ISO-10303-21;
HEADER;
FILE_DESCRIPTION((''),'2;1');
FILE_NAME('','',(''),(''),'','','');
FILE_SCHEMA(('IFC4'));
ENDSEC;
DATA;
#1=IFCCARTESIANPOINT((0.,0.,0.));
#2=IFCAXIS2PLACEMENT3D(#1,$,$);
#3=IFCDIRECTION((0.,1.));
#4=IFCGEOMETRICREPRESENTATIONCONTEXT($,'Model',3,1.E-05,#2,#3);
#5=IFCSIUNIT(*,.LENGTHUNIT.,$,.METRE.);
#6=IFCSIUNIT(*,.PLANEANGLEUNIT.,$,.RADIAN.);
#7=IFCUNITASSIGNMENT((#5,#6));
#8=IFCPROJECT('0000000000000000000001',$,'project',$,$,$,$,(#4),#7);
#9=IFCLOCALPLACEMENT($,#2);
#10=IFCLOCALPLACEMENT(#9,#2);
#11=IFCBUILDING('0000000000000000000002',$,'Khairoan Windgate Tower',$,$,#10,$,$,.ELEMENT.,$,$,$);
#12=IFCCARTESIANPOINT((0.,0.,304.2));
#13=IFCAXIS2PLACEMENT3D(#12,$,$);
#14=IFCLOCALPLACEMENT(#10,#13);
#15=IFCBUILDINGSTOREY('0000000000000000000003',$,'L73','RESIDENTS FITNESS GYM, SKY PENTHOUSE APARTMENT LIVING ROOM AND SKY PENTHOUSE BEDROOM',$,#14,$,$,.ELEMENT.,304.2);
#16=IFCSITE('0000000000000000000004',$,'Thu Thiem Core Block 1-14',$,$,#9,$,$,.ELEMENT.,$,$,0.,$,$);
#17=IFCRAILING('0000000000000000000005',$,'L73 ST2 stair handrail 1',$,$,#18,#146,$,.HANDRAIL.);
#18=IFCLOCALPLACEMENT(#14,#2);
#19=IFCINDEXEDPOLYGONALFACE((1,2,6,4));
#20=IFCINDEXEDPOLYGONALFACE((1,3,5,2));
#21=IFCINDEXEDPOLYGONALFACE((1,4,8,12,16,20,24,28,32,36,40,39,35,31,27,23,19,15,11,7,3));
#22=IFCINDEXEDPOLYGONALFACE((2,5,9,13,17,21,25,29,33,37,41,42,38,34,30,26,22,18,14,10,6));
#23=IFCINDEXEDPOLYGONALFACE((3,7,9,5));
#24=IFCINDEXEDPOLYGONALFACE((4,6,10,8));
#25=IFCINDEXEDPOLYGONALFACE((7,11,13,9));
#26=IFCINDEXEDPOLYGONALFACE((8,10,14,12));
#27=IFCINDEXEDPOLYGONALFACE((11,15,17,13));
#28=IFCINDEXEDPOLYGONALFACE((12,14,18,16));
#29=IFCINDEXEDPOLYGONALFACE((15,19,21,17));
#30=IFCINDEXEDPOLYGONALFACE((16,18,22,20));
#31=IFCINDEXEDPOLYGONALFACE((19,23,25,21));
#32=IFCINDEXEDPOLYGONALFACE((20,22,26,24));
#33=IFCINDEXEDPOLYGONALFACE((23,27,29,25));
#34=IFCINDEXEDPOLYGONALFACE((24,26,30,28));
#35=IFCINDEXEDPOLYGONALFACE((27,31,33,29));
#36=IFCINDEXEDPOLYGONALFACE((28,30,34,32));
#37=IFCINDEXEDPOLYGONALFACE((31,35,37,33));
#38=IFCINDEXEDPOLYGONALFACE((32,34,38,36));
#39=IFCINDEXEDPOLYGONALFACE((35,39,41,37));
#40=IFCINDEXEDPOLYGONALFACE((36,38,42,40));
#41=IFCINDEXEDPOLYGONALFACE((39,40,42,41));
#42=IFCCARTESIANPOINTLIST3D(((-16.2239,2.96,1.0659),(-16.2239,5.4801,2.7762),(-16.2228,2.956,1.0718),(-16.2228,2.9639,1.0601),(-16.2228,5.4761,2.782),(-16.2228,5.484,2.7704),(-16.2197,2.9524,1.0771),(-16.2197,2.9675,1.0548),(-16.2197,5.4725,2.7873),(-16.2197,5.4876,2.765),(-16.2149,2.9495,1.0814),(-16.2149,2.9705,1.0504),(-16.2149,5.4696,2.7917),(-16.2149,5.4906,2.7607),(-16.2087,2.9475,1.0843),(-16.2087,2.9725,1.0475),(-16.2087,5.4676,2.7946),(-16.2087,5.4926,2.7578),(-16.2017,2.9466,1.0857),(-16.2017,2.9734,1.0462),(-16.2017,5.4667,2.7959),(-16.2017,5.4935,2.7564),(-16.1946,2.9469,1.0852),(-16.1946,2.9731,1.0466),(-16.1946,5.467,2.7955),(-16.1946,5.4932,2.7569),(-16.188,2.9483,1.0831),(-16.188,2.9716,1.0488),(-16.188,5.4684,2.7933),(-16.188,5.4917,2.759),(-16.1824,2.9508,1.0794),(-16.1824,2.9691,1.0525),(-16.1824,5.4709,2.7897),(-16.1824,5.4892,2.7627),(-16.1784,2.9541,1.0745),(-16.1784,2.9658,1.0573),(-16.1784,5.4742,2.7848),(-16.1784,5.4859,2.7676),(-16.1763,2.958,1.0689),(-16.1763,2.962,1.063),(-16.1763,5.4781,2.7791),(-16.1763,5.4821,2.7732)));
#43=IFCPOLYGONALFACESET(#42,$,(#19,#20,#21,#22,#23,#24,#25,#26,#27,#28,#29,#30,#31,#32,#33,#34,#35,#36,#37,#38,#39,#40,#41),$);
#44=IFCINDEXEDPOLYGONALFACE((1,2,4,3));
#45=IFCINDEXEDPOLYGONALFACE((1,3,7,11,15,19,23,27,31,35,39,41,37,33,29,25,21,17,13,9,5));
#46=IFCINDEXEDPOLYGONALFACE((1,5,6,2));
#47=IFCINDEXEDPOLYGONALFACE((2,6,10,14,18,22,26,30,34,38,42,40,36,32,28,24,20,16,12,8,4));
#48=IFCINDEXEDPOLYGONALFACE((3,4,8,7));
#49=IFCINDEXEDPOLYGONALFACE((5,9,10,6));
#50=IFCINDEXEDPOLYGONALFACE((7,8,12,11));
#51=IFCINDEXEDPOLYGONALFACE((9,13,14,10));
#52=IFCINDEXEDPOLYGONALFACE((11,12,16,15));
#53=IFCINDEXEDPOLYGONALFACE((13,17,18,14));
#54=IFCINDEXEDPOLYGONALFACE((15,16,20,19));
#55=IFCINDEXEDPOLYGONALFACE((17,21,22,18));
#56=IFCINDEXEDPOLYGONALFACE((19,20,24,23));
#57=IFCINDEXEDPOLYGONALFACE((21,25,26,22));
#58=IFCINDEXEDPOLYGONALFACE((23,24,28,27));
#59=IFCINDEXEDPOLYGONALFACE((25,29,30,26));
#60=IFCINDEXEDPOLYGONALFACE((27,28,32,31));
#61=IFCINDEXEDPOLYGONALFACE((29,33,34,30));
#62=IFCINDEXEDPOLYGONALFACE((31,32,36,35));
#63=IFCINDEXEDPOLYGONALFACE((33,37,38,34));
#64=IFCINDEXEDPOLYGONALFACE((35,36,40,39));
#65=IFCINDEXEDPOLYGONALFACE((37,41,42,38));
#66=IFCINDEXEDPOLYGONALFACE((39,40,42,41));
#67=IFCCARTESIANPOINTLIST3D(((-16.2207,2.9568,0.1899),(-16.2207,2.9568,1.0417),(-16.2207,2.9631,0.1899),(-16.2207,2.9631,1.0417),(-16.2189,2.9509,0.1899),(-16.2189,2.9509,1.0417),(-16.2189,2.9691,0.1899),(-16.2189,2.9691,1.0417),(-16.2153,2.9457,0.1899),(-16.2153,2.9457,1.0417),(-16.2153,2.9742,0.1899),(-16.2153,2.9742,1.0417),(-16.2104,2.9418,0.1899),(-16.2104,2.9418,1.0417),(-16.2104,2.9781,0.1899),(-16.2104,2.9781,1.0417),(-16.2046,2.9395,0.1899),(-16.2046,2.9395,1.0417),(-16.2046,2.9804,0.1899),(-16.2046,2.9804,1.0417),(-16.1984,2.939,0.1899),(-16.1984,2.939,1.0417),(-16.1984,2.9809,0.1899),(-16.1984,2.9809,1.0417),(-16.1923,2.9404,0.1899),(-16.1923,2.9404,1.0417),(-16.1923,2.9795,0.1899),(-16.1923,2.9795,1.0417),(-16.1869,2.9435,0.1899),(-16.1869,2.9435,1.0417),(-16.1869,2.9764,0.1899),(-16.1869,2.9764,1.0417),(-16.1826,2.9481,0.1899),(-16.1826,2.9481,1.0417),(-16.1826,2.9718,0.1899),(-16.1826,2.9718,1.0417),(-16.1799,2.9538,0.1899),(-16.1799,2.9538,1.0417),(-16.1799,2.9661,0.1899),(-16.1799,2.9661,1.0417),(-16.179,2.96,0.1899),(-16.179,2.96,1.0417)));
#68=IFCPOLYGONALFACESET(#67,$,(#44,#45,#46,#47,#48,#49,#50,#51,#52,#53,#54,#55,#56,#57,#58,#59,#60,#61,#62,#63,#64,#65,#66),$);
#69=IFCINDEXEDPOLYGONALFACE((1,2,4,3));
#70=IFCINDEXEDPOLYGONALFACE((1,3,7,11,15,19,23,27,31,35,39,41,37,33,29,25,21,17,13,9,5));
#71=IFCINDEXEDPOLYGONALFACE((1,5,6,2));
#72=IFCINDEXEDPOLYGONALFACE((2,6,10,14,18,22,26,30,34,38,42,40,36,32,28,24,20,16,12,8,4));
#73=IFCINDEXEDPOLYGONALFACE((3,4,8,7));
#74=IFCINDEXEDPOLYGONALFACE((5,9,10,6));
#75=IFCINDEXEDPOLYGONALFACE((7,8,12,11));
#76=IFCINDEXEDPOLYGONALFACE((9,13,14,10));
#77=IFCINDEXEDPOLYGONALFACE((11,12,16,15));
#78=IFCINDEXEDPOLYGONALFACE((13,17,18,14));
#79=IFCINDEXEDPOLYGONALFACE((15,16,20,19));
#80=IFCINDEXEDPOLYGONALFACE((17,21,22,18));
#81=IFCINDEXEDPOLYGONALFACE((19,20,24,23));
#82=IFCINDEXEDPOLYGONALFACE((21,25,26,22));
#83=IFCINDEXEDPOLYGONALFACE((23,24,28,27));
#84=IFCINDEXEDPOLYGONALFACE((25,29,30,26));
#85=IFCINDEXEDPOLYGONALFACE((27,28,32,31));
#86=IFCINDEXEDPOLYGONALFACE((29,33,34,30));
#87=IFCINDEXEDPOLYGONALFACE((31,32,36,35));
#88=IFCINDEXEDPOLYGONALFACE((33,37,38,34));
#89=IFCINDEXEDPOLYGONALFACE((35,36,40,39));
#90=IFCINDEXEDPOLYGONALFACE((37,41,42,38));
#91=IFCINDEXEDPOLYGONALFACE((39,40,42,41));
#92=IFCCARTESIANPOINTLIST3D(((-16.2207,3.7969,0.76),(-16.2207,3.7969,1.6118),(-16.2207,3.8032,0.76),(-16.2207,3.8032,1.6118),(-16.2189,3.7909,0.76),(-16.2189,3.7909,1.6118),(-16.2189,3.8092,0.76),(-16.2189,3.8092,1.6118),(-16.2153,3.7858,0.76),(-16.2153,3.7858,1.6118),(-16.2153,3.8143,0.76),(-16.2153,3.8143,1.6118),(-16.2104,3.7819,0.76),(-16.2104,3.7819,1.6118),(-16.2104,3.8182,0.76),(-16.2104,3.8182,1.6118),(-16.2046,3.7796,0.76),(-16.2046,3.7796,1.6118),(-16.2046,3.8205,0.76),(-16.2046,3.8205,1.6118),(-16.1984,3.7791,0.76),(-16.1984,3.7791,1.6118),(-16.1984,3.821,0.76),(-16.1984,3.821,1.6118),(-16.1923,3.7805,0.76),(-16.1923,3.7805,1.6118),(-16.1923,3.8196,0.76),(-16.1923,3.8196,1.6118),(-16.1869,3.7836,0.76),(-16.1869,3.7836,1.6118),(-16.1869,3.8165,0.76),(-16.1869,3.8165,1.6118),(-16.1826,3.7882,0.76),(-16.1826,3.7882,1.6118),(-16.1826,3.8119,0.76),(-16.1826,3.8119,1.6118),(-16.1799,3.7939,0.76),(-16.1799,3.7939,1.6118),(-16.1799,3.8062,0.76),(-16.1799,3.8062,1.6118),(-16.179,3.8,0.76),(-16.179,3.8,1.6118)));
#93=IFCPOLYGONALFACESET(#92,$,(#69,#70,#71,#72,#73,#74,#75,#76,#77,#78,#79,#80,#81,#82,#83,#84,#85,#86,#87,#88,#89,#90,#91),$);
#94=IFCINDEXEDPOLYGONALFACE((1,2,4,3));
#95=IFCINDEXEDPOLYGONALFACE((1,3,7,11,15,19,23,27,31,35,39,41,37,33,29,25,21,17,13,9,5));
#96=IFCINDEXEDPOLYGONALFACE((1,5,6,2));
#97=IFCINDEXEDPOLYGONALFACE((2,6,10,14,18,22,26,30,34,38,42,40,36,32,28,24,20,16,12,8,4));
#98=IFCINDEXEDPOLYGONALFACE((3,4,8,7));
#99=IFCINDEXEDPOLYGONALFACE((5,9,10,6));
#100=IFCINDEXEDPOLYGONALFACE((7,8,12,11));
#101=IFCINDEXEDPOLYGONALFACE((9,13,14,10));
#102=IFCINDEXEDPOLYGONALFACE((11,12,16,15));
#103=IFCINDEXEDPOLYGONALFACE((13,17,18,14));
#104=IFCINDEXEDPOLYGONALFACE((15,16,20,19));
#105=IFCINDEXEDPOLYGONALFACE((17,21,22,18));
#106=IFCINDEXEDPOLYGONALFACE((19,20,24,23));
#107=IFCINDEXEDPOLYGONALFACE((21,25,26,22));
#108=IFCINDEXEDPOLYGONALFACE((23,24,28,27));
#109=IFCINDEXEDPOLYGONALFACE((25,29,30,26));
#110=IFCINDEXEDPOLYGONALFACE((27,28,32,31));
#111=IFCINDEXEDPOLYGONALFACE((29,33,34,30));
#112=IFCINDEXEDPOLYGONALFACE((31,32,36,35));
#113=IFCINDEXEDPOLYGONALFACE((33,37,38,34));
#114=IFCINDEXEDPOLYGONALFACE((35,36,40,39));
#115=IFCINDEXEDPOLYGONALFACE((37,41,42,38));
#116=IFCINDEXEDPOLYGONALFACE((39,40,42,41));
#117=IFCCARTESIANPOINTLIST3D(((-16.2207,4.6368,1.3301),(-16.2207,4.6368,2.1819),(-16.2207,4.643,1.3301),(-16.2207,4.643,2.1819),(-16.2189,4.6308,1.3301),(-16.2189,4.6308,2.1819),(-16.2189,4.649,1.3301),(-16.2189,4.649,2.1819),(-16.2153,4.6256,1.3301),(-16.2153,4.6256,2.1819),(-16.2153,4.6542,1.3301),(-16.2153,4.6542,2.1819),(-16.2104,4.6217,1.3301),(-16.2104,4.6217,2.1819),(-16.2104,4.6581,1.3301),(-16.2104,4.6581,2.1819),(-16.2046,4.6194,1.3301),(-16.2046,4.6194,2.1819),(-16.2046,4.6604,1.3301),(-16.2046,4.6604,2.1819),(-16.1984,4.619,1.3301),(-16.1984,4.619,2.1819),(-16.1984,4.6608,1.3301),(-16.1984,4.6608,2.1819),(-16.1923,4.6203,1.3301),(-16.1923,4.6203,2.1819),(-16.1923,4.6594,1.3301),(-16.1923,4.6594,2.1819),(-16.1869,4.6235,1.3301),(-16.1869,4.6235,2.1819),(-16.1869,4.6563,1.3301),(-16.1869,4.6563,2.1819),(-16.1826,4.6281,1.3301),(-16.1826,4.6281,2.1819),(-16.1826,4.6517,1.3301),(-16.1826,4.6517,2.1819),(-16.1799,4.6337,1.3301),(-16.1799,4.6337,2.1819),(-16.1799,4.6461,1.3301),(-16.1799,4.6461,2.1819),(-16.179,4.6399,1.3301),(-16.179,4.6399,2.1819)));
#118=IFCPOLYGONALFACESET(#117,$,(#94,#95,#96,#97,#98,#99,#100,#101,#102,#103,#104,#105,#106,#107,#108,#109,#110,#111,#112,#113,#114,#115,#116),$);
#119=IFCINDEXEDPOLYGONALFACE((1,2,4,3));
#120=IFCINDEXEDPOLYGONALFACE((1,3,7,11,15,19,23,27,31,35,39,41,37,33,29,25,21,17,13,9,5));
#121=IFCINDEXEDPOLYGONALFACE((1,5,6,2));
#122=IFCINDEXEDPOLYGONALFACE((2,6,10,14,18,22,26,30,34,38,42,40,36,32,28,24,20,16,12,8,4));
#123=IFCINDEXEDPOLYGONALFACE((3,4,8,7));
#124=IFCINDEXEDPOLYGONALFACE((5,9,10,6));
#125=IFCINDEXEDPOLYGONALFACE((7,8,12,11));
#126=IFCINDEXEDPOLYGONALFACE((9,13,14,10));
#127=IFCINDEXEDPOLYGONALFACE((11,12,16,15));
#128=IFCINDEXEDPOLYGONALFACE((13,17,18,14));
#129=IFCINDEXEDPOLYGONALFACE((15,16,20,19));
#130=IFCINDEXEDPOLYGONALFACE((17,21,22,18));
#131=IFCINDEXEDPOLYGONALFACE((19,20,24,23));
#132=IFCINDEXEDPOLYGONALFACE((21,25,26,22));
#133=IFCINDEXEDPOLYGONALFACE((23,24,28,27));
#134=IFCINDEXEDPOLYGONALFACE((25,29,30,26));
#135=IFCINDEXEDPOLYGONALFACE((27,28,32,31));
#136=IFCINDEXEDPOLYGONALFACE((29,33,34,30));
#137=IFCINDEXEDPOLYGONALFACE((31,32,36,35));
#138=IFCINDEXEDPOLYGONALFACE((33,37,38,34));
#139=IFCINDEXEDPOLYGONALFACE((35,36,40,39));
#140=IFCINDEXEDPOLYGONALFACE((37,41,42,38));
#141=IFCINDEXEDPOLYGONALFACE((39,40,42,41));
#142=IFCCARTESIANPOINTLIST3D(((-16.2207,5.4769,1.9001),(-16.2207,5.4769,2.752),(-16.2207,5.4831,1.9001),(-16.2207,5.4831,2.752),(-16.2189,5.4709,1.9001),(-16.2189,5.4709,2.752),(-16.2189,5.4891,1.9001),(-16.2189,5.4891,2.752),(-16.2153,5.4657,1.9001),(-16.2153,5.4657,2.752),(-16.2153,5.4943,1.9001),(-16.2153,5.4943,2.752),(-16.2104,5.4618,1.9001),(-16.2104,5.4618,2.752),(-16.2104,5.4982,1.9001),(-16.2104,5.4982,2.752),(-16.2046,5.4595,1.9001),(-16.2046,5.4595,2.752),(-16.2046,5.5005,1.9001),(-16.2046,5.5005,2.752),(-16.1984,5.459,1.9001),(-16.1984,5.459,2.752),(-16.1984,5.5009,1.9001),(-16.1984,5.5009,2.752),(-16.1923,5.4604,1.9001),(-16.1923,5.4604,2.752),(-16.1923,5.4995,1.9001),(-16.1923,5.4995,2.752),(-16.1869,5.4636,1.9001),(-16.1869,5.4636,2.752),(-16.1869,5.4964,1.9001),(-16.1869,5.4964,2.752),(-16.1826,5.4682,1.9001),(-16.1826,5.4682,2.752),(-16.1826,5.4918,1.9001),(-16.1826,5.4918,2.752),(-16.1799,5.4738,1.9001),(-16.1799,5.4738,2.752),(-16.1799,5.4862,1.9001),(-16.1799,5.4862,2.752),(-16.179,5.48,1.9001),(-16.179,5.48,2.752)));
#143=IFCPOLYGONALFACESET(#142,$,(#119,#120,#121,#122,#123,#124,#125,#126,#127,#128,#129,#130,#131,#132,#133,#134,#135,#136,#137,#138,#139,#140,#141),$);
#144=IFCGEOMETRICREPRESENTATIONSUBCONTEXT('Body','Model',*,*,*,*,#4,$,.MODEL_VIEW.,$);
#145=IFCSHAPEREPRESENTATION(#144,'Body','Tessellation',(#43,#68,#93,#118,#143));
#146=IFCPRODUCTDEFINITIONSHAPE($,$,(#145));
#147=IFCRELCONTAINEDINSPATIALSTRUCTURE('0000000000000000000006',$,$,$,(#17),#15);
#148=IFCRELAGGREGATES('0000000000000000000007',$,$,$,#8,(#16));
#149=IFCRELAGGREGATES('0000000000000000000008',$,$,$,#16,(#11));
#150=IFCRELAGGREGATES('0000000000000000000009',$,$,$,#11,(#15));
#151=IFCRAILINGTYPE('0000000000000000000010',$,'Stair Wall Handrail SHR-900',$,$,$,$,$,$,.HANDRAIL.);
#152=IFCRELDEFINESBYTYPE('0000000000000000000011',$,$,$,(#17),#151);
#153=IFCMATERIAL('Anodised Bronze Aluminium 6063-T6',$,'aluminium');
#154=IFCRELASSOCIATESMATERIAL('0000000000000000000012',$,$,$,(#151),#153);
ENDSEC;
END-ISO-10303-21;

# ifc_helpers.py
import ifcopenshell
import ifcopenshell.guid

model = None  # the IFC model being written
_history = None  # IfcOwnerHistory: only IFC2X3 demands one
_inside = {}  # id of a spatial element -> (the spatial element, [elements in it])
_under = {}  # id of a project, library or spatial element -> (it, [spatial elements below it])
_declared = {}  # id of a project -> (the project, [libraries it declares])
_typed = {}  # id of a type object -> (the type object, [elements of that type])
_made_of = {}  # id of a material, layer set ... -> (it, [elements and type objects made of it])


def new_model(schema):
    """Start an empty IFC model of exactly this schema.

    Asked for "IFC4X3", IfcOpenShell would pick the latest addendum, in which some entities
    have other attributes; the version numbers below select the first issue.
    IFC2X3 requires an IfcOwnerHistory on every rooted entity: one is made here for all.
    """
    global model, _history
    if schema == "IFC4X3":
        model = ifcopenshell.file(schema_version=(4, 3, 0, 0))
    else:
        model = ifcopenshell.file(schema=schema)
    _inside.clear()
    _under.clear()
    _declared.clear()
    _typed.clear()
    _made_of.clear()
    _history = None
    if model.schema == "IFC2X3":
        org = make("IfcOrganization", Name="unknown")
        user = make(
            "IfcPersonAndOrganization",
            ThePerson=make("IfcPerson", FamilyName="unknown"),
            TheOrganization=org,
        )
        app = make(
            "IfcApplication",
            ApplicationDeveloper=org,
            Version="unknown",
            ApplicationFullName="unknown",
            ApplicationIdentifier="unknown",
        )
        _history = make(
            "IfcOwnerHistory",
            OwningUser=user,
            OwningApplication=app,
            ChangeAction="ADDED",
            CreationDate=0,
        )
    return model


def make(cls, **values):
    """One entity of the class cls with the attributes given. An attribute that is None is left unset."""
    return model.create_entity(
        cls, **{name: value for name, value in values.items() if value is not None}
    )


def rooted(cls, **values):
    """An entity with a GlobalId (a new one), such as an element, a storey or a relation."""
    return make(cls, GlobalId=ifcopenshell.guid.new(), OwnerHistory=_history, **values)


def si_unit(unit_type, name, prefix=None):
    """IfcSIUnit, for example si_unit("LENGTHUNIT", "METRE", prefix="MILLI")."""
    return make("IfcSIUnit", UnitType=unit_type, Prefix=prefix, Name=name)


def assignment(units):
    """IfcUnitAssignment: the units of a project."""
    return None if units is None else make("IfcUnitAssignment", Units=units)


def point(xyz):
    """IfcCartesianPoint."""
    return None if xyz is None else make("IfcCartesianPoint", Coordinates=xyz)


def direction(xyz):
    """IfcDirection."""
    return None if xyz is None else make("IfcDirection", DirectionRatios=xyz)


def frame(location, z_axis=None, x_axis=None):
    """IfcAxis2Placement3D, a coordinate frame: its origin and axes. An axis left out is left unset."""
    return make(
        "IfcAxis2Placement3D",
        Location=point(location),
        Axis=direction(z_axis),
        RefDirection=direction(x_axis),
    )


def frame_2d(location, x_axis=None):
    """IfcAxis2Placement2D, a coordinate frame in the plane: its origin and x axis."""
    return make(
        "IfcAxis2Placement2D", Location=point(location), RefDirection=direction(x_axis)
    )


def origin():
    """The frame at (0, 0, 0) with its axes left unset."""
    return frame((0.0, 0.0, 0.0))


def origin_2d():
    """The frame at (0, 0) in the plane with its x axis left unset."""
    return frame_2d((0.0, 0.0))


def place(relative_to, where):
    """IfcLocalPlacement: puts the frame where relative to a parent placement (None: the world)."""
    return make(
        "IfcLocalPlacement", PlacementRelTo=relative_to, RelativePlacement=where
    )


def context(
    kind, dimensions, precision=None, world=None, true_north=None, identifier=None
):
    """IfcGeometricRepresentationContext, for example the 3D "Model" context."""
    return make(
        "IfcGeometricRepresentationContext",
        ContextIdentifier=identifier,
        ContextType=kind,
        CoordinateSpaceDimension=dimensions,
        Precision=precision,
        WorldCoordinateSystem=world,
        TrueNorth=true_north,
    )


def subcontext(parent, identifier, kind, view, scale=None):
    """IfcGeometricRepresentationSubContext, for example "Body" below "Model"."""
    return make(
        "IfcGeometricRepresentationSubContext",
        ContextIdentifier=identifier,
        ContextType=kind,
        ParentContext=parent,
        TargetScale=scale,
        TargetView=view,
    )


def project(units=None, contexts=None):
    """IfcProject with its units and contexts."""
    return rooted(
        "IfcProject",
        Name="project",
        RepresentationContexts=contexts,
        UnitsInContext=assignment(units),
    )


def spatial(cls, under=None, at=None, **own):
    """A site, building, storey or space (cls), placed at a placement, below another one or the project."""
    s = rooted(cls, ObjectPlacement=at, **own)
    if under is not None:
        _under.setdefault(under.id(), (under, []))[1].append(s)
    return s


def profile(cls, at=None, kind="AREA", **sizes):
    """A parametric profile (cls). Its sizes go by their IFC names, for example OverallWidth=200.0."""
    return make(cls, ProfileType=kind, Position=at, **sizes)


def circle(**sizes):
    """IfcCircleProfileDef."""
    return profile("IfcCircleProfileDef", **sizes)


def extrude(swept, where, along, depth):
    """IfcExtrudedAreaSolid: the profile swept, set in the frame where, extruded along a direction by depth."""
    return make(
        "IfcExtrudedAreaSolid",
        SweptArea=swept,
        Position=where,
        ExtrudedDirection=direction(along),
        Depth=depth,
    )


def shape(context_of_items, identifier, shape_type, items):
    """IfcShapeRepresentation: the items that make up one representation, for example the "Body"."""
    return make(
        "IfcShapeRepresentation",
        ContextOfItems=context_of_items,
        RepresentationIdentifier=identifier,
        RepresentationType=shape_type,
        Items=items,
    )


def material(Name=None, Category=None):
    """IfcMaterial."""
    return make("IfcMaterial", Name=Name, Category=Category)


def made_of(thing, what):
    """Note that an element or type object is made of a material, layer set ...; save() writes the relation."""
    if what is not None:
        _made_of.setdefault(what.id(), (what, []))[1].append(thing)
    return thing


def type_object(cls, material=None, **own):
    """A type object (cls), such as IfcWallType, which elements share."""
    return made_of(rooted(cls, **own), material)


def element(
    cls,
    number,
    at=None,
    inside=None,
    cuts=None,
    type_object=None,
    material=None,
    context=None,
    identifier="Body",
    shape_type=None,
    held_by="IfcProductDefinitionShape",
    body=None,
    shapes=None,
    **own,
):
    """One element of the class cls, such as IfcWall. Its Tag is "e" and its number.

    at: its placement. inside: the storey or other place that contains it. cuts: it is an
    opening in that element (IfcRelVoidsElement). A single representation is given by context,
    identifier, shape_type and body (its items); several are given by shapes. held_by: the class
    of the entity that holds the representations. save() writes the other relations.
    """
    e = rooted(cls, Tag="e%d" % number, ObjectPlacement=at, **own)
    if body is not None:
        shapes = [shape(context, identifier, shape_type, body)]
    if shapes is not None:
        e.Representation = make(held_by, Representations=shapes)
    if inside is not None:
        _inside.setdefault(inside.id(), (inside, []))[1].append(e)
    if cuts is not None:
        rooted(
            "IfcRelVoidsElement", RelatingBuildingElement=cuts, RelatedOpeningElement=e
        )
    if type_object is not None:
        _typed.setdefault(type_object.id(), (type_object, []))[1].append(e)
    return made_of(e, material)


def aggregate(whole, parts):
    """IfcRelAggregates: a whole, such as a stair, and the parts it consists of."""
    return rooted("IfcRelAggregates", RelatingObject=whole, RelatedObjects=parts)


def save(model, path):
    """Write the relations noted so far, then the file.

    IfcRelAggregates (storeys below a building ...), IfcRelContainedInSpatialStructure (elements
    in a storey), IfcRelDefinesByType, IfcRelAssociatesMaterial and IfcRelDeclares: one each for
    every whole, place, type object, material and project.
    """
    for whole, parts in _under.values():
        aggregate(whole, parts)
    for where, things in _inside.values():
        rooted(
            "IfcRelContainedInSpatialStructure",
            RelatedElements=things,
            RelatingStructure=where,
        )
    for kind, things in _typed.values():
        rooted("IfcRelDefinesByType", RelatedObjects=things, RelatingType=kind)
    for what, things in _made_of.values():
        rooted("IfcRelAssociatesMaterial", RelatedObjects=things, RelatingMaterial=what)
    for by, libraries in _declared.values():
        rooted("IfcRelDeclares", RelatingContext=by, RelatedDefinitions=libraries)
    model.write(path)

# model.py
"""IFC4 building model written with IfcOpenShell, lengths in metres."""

from ifc_helpers import new_model, si_unit, direction, frame, origin, origin_2d, place, context, subcontext, project, spatial, circle, extrude, material, type_object, element, save


model = new_model("IFC4")

# Units and contexts
model_context = context("Model", 3, precision=1e-05, world=origin(), true_north=direction((0.0, 1.0)))
body_context = subcontext(model_context, "Body", "Model", "MODEL_VIEW")
ifc_project = project(units=[si_unit("LENGTHUNIT", "METRE"), si_unit("PLANEANGLEUNIT", "RADIAN")], contexts=[model_context])

# Site, building, storey
site_placement = place(None, origin())
site = spatial("IfcSite", under=ifc_project, at=site_placement, Name="Thu Thiem Core Block 1-14", CompositionType="ELEMENT", RefElevation=0.0)
building_placement = place(site_placement, origin())
building = spatial("IfcBuilding", under=site, at=building_placement, Name="Khairoan Windgate Tower", CompositionType="ELEMENT")
storey_placement = place(building_placement, frame((0.0, 0.0, 304.2)))
storey = spatial("IfcBuildingStorey", under=building, at=storey_placement, Name="L73", Description="RESIDENTS FITNESS GYM, SKY PENTHOUSE APARTMENT LIVING ROOM AND SKY PENTHOUSE BEDROOM", CompositionType="ELEMENT", Elevation=304.2)

# Railing
ifc_material_1 = material(Name="Anodised Bronze Aluminium 6063-T6", Category="aluminium")
railing_type_1 = type_object("IfcRailingType", Name="Stair Wall Handrail SHR-900", PredefinedType="HANDRAIL", material=ifc_material_1)
railing_1_placement = place(storey_placement, frame((-16.2, 2.96, 0.1899)))
element("IfcRailing", 1, at=railing_1_placement, inside=storey, type_object=railing_type_1, Name="L73 ST2 stair handrail 1", PredefinedType="HANDRAIL", context=body_context, shape_type="SweptSolid", body=[
    extrude(circle(Radius=0.0239, at=origin_2d()), frame((0.0, 0.0, 0.876), z_axis=(0.0, 0.827447, 0.561545), x_axis=(-1.0, 0.0, 0.0)), (0.0, 0.0, 1.0), 3.0457),
    extrude(circle(Radius=0.021, at=origin_2d()), origin(), (0.0, 0.0, 1.0), 0.8518),
    extrude(circle(Radius=0.021, at=origin_2d()), frame((0.0, 0.8401, 0.5701)), (0.0, 0.0, 1.0), 0.8518),
    extrude(circle(Radius=0.021, at=origin_2d()), frame((0.0, 1.6799, 1.1401)), (0.0, 0.0, 1.0), 0.8518),
    extrude(circle(Radius=0.021, at=origin_2d()), frame((0.0, 2.52, 1.7102)), (0.0, 0.0, 1.0), 0.8518),
])

save(model, "model.ifc")
